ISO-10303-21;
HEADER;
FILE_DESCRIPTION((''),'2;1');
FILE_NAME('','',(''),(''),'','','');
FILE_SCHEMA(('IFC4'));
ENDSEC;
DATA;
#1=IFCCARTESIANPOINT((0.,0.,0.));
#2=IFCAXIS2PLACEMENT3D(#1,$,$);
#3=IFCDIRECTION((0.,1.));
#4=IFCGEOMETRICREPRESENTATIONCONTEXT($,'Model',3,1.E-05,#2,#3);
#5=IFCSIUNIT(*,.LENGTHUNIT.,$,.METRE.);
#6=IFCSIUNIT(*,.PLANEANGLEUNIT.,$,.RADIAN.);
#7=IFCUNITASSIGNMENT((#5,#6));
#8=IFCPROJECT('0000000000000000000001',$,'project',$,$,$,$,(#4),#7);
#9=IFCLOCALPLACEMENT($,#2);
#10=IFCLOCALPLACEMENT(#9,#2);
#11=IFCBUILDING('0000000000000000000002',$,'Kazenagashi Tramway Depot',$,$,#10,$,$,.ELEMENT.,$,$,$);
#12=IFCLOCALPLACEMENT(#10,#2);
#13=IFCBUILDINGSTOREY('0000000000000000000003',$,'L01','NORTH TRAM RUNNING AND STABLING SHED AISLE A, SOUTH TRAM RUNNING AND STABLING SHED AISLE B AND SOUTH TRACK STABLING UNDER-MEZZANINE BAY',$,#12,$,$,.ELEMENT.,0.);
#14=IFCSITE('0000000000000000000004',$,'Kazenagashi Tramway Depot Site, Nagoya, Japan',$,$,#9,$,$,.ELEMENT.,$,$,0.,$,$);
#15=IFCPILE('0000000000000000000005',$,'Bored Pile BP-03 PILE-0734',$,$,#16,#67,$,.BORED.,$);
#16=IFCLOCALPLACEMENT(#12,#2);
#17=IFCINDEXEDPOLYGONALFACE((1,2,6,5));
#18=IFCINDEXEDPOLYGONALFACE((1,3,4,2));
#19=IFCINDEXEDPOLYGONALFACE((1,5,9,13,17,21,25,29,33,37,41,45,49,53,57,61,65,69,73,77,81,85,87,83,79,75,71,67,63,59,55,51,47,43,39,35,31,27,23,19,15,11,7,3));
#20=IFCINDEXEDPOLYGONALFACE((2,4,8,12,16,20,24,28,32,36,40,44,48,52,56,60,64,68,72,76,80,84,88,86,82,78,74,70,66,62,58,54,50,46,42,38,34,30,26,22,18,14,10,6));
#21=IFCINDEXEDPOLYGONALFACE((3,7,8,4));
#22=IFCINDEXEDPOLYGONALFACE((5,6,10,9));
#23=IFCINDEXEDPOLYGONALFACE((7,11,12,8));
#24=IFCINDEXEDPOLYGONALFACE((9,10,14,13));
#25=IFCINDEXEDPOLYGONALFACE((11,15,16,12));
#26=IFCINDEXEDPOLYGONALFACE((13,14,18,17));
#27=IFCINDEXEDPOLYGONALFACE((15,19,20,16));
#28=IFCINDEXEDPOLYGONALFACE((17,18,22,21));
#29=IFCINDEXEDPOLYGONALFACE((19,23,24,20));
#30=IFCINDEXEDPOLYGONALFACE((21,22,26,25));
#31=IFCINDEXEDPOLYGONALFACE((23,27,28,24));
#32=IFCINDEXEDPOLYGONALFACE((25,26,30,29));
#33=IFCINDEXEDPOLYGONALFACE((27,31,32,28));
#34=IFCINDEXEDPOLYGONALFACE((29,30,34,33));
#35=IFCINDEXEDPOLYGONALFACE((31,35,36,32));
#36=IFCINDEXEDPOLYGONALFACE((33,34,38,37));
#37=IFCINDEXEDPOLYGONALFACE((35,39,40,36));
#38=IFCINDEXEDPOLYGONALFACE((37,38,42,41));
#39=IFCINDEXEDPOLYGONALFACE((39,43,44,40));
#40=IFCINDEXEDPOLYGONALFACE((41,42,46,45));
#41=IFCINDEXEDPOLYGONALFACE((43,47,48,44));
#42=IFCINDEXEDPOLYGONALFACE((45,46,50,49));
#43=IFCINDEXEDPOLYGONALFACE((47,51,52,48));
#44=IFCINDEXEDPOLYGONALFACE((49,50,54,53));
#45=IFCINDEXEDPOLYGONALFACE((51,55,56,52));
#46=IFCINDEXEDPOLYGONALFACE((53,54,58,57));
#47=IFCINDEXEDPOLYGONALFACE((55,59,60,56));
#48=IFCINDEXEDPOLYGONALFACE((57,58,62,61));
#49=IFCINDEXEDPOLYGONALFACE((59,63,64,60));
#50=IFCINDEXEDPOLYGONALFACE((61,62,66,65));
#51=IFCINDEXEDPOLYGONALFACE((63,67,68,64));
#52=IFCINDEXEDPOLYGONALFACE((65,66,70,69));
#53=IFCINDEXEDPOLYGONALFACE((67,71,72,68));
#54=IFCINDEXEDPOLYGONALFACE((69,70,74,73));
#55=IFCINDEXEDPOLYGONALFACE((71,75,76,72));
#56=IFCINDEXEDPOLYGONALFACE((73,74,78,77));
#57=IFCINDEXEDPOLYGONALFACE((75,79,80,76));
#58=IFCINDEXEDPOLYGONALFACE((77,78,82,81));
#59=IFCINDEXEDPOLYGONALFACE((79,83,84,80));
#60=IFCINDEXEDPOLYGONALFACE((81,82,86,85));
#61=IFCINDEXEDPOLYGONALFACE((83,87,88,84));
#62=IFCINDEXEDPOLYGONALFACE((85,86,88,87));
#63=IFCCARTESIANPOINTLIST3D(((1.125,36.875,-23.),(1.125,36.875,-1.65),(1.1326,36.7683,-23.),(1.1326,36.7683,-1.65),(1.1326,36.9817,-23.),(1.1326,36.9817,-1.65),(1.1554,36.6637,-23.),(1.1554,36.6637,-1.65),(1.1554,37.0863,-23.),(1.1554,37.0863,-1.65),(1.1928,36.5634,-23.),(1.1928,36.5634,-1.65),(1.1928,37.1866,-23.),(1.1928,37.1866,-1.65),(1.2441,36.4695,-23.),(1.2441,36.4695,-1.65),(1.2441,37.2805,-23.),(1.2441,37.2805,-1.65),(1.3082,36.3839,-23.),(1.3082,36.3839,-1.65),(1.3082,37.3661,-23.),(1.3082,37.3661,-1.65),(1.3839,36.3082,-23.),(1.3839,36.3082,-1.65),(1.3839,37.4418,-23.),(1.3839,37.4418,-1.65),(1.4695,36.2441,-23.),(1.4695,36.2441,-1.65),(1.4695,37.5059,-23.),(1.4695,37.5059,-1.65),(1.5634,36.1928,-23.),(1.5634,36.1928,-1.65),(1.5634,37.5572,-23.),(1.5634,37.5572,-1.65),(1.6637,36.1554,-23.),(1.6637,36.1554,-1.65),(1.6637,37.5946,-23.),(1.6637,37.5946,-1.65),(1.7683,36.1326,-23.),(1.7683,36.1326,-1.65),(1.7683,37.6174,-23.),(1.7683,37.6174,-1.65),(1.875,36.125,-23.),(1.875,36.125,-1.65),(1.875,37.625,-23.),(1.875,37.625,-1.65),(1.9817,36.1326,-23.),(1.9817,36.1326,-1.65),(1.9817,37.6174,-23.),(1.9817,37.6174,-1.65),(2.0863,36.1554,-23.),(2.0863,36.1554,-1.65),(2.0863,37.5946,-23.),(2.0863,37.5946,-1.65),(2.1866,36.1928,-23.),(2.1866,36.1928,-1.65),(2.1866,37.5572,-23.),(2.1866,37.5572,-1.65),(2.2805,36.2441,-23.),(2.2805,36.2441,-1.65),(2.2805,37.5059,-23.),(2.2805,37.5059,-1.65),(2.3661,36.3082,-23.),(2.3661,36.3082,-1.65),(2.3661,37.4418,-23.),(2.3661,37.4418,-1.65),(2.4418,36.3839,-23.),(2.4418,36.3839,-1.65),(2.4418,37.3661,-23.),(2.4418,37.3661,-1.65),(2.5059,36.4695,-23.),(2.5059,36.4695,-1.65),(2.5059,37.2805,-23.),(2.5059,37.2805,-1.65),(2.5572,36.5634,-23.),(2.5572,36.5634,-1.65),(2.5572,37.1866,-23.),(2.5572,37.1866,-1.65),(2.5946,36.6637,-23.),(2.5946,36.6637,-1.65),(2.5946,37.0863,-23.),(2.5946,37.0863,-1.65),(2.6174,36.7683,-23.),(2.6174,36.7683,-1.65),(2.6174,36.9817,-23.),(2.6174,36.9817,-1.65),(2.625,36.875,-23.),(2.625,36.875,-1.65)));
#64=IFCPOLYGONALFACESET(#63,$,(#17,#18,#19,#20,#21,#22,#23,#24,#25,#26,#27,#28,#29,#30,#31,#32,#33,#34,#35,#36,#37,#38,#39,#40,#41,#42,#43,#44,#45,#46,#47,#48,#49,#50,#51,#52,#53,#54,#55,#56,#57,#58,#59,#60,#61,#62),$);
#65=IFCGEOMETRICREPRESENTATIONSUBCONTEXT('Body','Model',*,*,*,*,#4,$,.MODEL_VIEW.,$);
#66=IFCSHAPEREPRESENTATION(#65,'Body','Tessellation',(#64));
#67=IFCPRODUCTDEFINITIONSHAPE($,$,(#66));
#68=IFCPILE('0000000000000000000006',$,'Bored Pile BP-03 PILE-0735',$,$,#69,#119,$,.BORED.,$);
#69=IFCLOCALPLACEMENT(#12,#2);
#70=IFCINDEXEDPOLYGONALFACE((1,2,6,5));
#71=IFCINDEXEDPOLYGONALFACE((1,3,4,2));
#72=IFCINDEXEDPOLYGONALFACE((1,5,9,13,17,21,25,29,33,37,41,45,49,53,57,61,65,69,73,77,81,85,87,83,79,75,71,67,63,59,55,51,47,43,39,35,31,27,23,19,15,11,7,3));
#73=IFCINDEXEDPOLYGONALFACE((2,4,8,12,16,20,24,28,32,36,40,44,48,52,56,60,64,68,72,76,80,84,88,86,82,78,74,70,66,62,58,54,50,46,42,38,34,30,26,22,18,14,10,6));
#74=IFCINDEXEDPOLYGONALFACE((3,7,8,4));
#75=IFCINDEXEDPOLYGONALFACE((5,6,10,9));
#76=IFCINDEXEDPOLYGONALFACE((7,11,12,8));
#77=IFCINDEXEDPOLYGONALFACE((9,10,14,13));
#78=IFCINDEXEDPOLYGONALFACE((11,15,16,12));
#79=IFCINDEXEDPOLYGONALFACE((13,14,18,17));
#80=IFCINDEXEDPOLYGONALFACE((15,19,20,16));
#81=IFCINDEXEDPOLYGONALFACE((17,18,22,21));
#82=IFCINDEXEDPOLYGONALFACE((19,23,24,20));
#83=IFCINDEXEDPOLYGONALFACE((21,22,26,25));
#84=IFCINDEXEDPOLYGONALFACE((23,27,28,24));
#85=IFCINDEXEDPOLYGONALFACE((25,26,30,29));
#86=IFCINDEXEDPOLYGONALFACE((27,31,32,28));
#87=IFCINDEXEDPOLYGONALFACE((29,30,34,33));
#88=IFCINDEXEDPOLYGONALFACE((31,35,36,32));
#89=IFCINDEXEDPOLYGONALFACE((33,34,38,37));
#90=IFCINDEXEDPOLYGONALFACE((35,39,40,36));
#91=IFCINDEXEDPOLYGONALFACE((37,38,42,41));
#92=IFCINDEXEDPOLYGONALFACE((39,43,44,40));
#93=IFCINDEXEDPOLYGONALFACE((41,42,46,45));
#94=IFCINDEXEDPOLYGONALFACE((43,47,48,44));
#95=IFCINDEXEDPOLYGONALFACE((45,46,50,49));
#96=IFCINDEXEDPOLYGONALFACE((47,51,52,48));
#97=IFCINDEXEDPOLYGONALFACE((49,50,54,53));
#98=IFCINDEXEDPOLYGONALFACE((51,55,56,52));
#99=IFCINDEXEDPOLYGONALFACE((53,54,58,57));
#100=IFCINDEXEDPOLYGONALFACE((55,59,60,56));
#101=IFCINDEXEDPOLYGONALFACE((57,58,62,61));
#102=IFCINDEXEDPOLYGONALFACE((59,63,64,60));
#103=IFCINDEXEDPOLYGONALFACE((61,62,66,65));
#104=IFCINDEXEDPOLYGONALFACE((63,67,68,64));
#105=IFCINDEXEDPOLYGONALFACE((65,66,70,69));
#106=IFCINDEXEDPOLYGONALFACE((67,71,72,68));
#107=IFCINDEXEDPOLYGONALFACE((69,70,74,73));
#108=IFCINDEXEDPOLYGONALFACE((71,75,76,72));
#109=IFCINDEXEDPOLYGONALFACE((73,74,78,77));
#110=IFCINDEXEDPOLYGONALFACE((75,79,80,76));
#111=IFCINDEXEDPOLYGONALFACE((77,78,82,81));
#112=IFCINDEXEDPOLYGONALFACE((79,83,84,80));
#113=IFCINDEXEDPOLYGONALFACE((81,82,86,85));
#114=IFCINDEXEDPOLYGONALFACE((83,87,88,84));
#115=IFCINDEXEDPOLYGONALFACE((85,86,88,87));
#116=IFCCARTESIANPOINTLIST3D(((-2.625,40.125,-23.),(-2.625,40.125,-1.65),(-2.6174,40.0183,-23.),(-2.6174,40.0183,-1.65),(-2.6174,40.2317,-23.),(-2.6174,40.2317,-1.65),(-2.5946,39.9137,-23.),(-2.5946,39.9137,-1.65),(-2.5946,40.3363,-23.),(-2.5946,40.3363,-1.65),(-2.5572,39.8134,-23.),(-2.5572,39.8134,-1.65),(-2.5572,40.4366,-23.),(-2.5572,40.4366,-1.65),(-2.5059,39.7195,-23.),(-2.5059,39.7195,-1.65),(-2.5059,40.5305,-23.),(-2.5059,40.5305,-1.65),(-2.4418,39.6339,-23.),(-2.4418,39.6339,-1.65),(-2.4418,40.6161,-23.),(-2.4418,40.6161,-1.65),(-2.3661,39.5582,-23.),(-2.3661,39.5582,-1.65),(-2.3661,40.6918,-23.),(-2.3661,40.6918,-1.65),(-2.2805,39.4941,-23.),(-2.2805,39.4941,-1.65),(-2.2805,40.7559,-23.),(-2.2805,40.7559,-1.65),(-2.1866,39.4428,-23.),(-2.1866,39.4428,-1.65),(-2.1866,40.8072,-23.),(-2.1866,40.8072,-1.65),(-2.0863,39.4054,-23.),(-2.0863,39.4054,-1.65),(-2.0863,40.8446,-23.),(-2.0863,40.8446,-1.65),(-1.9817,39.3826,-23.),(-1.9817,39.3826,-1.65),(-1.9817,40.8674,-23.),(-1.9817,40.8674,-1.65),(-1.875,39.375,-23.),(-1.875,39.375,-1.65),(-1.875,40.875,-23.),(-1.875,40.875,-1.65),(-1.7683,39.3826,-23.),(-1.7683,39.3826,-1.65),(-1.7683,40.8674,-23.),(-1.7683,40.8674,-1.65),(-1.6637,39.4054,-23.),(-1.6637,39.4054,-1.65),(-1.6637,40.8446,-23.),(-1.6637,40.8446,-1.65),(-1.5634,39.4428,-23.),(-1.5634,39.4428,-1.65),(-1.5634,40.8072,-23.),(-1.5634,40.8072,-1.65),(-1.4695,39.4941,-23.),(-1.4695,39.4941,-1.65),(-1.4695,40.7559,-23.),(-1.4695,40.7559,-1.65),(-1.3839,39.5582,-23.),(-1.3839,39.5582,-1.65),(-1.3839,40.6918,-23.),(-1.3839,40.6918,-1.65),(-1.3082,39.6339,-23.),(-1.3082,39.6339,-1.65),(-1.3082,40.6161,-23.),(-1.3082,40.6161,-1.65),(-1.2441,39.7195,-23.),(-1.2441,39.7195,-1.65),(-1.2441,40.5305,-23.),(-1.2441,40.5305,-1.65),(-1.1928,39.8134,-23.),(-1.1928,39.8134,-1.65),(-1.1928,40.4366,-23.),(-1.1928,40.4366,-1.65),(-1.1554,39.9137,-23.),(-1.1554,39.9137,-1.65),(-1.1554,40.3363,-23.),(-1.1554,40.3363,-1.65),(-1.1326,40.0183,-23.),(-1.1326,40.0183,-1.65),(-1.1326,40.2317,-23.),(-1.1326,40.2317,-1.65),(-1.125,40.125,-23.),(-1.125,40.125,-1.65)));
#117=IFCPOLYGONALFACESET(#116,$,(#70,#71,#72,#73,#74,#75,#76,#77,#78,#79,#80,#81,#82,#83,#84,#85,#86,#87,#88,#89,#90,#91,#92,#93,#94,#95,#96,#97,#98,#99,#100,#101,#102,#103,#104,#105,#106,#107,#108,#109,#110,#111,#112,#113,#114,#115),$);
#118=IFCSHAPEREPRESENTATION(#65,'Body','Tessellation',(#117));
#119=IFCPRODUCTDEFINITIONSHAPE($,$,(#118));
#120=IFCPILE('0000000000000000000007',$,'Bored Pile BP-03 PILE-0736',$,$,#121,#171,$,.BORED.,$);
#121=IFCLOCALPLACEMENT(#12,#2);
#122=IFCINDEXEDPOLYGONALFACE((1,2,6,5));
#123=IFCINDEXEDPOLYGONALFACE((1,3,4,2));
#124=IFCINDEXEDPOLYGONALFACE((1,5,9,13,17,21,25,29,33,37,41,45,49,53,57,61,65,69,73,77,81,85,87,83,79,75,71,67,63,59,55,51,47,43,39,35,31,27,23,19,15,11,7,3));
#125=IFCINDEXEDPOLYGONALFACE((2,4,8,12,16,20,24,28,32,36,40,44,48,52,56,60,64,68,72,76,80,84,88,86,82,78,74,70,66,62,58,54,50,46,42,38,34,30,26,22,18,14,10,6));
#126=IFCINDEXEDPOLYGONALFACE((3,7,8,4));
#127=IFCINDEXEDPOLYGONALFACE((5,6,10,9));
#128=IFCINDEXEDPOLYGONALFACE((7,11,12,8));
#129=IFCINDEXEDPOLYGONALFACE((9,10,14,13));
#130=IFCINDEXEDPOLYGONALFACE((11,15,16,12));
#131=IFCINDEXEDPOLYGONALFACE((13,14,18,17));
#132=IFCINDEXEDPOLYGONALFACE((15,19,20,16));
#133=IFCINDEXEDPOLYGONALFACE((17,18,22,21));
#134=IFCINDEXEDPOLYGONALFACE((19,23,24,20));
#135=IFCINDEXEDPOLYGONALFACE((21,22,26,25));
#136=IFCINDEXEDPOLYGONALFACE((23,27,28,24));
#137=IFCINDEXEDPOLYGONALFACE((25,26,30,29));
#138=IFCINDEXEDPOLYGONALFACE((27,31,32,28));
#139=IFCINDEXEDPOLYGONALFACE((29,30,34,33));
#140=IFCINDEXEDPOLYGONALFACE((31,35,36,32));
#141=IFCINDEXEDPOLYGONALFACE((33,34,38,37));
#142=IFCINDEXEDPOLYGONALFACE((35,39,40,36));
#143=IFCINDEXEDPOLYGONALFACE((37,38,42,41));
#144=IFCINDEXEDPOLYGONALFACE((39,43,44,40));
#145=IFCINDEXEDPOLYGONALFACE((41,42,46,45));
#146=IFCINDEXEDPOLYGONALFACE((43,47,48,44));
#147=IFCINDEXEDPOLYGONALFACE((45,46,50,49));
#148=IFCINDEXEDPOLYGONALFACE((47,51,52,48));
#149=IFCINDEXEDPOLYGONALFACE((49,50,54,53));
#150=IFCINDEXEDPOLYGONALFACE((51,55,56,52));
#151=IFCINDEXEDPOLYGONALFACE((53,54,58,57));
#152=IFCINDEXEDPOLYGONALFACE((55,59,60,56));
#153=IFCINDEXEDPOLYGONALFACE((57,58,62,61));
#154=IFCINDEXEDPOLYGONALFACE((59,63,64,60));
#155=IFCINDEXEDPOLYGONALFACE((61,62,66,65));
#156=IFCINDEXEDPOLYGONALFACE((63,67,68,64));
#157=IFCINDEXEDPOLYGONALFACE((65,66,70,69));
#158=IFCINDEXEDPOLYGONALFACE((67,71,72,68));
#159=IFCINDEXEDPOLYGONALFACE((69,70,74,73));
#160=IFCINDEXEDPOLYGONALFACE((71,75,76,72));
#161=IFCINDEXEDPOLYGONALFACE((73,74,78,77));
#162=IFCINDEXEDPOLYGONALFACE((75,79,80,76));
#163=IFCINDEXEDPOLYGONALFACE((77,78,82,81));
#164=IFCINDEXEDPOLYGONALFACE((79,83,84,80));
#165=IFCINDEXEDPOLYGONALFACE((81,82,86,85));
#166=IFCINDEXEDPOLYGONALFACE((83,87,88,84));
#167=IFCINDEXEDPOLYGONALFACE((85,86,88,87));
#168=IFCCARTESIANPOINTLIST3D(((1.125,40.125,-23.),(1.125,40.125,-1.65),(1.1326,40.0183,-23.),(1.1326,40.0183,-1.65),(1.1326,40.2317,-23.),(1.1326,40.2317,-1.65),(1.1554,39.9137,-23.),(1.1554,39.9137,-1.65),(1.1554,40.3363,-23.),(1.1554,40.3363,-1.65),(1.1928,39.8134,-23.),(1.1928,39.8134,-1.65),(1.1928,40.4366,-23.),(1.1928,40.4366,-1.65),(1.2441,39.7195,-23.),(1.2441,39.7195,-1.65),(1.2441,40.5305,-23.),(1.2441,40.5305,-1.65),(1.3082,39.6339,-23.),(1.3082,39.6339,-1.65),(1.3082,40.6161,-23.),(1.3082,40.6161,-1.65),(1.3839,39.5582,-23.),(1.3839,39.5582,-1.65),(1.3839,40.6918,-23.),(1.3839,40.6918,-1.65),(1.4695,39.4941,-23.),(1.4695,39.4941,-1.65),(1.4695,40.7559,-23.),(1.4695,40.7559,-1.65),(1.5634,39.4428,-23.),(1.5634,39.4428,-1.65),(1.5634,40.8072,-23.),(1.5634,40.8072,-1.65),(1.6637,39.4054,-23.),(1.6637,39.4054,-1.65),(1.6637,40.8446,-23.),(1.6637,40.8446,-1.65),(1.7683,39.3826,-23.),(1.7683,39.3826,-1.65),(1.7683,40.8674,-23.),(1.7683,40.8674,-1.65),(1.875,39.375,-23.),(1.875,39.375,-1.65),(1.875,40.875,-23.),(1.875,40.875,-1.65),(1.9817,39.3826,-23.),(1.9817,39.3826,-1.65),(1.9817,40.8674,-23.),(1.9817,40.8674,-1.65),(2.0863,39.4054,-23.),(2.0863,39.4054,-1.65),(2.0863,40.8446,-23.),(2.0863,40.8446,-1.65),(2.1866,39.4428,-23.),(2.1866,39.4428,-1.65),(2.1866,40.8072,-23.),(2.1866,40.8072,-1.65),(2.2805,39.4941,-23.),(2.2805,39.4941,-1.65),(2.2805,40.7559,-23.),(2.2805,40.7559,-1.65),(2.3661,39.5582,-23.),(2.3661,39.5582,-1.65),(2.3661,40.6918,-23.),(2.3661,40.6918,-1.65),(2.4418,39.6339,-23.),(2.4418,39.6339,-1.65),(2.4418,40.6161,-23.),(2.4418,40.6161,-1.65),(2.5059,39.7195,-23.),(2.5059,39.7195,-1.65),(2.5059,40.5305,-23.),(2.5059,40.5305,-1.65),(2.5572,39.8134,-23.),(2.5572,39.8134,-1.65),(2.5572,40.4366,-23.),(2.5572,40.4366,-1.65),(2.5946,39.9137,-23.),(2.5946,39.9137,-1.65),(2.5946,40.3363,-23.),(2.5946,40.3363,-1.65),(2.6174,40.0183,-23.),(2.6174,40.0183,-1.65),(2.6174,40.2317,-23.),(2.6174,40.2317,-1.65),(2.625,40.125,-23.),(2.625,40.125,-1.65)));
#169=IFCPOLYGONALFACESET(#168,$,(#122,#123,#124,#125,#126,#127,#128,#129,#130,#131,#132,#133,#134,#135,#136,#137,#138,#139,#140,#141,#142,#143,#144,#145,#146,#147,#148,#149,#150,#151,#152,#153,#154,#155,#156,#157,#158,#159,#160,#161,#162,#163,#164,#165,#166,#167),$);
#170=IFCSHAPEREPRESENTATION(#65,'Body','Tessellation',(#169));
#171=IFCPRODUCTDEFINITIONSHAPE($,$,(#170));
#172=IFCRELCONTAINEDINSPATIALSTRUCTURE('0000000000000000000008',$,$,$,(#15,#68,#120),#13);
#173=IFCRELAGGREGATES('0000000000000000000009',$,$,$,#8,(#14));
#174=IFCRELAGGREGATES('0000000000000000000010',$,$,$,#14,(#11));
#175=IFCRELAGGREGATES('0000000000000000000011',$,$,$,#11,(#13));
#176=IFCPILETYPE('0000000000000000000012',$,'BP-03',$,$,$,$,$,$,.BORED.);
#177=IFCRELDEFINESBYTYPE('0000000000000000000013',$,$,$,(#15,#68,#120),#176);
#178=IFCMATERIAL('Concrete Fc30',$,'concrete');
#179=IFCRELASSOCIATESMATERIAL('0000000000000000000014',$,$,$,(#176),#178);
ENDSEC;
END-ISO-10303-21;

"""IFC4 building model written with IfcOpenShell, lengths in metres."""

from ifc_helpers import new_model, si_unit, direction, frame, origin, origin_2d, place, context, subcontext, project, spatial, circle, extrude, material, material_profile, profile_set, type_object, element, save


model = new_model("IFC4")

# Units and contexts
model_context = context("Model", 3, precision=1e-05, world=origin(), true_north=direction((0.0, 1.0)))
body_context = subcontext(model_context, "Body", "Model", "MODEL_VIEW")
ifc_project = project(units=[si_unit("LENGTHUNIT", "METRE"), si_unit("PLANEANGLEUNIT", "RADIAN")], contexts=[model_context])

# Site, building, storey
site_placement = place(None, origin())
site = spatial("IfcSite", under=ifc_project, at=site_placement, Name="Kazenagashi Tramway Depot Site, Nagoya, Japan", CompositionType="ELEMENT", RefElevation=0.0)
building_placement = place(site_placement, origin())
building = spatial("IfcBuilding", under=site, at=building_placement, Name="Kazenagashi Tramway Depot", CompositionType="ELEMENT")
storey_placement = place(building_placement, origin())
storey = spatial("IfcBuildingStorey", under=building, at=storey_placement, Name="L01", Description="NORTH TRAM RUNNING AND STABLING SHED AISLE A, SOUTH TRAM RUNNING AND STABLING SHED AISLE B AND SOUTH TRACK STABLING UNDER-MEZZANINE BAY", CompositionType="ELEMENT", Elevation=0.0)

# Piles
ifc_material_1 = material(Name="Concrete Fc30", Category="concrete")
ifc_material_profile_1 = material_profile(ifc_material_1, circle(Radius=0.75, at=origin_2d()), Name="PILE-1500")
ifc_profile_set_1 = profile_set([ifc_material_profile_1], Name="Concrete Fc30")
pile_type = type_object("IfcPileType", Name="BP-03", PredefinedType="BORED", material=ifc_profile_set_1)
for number, where, z_axis, x_axis, name in (
    (1, (1.875, 36.875, -1.65), (0.0, 0.0, -1.0), (1.0, 0.0, 0.0), "Bored Pile BP-03 PILE-0734"),
    (2, (-1.875, 40.125, -1.65), (0.0, 0.0, -1.0), (1.0, 0.0, 0.0), "Bored Pile BP-03 PILE-0735"),
    (3, (1.875, 40.125, -1.65), (0.0, 0.0, -1.0), (1.0, 0.0, 0.0), "Bored Pile BP-03 PILE-0736"),
):
    element("IfcPile", number, at=place(storey_placement, frame(where, z_axis=z_axis, x_axis=x_axis)), inside=storey, type_object=pile_type, Name=name, PredefinedType="BORED", context=body_context, shape_type="SweptSolid", body=[
        extrude(circle(Radius=0.75, at=origin_2d()), origin(), (0.0, 0.0, 1.0), 21.35),
    ])

save(model, "model.ifc")
